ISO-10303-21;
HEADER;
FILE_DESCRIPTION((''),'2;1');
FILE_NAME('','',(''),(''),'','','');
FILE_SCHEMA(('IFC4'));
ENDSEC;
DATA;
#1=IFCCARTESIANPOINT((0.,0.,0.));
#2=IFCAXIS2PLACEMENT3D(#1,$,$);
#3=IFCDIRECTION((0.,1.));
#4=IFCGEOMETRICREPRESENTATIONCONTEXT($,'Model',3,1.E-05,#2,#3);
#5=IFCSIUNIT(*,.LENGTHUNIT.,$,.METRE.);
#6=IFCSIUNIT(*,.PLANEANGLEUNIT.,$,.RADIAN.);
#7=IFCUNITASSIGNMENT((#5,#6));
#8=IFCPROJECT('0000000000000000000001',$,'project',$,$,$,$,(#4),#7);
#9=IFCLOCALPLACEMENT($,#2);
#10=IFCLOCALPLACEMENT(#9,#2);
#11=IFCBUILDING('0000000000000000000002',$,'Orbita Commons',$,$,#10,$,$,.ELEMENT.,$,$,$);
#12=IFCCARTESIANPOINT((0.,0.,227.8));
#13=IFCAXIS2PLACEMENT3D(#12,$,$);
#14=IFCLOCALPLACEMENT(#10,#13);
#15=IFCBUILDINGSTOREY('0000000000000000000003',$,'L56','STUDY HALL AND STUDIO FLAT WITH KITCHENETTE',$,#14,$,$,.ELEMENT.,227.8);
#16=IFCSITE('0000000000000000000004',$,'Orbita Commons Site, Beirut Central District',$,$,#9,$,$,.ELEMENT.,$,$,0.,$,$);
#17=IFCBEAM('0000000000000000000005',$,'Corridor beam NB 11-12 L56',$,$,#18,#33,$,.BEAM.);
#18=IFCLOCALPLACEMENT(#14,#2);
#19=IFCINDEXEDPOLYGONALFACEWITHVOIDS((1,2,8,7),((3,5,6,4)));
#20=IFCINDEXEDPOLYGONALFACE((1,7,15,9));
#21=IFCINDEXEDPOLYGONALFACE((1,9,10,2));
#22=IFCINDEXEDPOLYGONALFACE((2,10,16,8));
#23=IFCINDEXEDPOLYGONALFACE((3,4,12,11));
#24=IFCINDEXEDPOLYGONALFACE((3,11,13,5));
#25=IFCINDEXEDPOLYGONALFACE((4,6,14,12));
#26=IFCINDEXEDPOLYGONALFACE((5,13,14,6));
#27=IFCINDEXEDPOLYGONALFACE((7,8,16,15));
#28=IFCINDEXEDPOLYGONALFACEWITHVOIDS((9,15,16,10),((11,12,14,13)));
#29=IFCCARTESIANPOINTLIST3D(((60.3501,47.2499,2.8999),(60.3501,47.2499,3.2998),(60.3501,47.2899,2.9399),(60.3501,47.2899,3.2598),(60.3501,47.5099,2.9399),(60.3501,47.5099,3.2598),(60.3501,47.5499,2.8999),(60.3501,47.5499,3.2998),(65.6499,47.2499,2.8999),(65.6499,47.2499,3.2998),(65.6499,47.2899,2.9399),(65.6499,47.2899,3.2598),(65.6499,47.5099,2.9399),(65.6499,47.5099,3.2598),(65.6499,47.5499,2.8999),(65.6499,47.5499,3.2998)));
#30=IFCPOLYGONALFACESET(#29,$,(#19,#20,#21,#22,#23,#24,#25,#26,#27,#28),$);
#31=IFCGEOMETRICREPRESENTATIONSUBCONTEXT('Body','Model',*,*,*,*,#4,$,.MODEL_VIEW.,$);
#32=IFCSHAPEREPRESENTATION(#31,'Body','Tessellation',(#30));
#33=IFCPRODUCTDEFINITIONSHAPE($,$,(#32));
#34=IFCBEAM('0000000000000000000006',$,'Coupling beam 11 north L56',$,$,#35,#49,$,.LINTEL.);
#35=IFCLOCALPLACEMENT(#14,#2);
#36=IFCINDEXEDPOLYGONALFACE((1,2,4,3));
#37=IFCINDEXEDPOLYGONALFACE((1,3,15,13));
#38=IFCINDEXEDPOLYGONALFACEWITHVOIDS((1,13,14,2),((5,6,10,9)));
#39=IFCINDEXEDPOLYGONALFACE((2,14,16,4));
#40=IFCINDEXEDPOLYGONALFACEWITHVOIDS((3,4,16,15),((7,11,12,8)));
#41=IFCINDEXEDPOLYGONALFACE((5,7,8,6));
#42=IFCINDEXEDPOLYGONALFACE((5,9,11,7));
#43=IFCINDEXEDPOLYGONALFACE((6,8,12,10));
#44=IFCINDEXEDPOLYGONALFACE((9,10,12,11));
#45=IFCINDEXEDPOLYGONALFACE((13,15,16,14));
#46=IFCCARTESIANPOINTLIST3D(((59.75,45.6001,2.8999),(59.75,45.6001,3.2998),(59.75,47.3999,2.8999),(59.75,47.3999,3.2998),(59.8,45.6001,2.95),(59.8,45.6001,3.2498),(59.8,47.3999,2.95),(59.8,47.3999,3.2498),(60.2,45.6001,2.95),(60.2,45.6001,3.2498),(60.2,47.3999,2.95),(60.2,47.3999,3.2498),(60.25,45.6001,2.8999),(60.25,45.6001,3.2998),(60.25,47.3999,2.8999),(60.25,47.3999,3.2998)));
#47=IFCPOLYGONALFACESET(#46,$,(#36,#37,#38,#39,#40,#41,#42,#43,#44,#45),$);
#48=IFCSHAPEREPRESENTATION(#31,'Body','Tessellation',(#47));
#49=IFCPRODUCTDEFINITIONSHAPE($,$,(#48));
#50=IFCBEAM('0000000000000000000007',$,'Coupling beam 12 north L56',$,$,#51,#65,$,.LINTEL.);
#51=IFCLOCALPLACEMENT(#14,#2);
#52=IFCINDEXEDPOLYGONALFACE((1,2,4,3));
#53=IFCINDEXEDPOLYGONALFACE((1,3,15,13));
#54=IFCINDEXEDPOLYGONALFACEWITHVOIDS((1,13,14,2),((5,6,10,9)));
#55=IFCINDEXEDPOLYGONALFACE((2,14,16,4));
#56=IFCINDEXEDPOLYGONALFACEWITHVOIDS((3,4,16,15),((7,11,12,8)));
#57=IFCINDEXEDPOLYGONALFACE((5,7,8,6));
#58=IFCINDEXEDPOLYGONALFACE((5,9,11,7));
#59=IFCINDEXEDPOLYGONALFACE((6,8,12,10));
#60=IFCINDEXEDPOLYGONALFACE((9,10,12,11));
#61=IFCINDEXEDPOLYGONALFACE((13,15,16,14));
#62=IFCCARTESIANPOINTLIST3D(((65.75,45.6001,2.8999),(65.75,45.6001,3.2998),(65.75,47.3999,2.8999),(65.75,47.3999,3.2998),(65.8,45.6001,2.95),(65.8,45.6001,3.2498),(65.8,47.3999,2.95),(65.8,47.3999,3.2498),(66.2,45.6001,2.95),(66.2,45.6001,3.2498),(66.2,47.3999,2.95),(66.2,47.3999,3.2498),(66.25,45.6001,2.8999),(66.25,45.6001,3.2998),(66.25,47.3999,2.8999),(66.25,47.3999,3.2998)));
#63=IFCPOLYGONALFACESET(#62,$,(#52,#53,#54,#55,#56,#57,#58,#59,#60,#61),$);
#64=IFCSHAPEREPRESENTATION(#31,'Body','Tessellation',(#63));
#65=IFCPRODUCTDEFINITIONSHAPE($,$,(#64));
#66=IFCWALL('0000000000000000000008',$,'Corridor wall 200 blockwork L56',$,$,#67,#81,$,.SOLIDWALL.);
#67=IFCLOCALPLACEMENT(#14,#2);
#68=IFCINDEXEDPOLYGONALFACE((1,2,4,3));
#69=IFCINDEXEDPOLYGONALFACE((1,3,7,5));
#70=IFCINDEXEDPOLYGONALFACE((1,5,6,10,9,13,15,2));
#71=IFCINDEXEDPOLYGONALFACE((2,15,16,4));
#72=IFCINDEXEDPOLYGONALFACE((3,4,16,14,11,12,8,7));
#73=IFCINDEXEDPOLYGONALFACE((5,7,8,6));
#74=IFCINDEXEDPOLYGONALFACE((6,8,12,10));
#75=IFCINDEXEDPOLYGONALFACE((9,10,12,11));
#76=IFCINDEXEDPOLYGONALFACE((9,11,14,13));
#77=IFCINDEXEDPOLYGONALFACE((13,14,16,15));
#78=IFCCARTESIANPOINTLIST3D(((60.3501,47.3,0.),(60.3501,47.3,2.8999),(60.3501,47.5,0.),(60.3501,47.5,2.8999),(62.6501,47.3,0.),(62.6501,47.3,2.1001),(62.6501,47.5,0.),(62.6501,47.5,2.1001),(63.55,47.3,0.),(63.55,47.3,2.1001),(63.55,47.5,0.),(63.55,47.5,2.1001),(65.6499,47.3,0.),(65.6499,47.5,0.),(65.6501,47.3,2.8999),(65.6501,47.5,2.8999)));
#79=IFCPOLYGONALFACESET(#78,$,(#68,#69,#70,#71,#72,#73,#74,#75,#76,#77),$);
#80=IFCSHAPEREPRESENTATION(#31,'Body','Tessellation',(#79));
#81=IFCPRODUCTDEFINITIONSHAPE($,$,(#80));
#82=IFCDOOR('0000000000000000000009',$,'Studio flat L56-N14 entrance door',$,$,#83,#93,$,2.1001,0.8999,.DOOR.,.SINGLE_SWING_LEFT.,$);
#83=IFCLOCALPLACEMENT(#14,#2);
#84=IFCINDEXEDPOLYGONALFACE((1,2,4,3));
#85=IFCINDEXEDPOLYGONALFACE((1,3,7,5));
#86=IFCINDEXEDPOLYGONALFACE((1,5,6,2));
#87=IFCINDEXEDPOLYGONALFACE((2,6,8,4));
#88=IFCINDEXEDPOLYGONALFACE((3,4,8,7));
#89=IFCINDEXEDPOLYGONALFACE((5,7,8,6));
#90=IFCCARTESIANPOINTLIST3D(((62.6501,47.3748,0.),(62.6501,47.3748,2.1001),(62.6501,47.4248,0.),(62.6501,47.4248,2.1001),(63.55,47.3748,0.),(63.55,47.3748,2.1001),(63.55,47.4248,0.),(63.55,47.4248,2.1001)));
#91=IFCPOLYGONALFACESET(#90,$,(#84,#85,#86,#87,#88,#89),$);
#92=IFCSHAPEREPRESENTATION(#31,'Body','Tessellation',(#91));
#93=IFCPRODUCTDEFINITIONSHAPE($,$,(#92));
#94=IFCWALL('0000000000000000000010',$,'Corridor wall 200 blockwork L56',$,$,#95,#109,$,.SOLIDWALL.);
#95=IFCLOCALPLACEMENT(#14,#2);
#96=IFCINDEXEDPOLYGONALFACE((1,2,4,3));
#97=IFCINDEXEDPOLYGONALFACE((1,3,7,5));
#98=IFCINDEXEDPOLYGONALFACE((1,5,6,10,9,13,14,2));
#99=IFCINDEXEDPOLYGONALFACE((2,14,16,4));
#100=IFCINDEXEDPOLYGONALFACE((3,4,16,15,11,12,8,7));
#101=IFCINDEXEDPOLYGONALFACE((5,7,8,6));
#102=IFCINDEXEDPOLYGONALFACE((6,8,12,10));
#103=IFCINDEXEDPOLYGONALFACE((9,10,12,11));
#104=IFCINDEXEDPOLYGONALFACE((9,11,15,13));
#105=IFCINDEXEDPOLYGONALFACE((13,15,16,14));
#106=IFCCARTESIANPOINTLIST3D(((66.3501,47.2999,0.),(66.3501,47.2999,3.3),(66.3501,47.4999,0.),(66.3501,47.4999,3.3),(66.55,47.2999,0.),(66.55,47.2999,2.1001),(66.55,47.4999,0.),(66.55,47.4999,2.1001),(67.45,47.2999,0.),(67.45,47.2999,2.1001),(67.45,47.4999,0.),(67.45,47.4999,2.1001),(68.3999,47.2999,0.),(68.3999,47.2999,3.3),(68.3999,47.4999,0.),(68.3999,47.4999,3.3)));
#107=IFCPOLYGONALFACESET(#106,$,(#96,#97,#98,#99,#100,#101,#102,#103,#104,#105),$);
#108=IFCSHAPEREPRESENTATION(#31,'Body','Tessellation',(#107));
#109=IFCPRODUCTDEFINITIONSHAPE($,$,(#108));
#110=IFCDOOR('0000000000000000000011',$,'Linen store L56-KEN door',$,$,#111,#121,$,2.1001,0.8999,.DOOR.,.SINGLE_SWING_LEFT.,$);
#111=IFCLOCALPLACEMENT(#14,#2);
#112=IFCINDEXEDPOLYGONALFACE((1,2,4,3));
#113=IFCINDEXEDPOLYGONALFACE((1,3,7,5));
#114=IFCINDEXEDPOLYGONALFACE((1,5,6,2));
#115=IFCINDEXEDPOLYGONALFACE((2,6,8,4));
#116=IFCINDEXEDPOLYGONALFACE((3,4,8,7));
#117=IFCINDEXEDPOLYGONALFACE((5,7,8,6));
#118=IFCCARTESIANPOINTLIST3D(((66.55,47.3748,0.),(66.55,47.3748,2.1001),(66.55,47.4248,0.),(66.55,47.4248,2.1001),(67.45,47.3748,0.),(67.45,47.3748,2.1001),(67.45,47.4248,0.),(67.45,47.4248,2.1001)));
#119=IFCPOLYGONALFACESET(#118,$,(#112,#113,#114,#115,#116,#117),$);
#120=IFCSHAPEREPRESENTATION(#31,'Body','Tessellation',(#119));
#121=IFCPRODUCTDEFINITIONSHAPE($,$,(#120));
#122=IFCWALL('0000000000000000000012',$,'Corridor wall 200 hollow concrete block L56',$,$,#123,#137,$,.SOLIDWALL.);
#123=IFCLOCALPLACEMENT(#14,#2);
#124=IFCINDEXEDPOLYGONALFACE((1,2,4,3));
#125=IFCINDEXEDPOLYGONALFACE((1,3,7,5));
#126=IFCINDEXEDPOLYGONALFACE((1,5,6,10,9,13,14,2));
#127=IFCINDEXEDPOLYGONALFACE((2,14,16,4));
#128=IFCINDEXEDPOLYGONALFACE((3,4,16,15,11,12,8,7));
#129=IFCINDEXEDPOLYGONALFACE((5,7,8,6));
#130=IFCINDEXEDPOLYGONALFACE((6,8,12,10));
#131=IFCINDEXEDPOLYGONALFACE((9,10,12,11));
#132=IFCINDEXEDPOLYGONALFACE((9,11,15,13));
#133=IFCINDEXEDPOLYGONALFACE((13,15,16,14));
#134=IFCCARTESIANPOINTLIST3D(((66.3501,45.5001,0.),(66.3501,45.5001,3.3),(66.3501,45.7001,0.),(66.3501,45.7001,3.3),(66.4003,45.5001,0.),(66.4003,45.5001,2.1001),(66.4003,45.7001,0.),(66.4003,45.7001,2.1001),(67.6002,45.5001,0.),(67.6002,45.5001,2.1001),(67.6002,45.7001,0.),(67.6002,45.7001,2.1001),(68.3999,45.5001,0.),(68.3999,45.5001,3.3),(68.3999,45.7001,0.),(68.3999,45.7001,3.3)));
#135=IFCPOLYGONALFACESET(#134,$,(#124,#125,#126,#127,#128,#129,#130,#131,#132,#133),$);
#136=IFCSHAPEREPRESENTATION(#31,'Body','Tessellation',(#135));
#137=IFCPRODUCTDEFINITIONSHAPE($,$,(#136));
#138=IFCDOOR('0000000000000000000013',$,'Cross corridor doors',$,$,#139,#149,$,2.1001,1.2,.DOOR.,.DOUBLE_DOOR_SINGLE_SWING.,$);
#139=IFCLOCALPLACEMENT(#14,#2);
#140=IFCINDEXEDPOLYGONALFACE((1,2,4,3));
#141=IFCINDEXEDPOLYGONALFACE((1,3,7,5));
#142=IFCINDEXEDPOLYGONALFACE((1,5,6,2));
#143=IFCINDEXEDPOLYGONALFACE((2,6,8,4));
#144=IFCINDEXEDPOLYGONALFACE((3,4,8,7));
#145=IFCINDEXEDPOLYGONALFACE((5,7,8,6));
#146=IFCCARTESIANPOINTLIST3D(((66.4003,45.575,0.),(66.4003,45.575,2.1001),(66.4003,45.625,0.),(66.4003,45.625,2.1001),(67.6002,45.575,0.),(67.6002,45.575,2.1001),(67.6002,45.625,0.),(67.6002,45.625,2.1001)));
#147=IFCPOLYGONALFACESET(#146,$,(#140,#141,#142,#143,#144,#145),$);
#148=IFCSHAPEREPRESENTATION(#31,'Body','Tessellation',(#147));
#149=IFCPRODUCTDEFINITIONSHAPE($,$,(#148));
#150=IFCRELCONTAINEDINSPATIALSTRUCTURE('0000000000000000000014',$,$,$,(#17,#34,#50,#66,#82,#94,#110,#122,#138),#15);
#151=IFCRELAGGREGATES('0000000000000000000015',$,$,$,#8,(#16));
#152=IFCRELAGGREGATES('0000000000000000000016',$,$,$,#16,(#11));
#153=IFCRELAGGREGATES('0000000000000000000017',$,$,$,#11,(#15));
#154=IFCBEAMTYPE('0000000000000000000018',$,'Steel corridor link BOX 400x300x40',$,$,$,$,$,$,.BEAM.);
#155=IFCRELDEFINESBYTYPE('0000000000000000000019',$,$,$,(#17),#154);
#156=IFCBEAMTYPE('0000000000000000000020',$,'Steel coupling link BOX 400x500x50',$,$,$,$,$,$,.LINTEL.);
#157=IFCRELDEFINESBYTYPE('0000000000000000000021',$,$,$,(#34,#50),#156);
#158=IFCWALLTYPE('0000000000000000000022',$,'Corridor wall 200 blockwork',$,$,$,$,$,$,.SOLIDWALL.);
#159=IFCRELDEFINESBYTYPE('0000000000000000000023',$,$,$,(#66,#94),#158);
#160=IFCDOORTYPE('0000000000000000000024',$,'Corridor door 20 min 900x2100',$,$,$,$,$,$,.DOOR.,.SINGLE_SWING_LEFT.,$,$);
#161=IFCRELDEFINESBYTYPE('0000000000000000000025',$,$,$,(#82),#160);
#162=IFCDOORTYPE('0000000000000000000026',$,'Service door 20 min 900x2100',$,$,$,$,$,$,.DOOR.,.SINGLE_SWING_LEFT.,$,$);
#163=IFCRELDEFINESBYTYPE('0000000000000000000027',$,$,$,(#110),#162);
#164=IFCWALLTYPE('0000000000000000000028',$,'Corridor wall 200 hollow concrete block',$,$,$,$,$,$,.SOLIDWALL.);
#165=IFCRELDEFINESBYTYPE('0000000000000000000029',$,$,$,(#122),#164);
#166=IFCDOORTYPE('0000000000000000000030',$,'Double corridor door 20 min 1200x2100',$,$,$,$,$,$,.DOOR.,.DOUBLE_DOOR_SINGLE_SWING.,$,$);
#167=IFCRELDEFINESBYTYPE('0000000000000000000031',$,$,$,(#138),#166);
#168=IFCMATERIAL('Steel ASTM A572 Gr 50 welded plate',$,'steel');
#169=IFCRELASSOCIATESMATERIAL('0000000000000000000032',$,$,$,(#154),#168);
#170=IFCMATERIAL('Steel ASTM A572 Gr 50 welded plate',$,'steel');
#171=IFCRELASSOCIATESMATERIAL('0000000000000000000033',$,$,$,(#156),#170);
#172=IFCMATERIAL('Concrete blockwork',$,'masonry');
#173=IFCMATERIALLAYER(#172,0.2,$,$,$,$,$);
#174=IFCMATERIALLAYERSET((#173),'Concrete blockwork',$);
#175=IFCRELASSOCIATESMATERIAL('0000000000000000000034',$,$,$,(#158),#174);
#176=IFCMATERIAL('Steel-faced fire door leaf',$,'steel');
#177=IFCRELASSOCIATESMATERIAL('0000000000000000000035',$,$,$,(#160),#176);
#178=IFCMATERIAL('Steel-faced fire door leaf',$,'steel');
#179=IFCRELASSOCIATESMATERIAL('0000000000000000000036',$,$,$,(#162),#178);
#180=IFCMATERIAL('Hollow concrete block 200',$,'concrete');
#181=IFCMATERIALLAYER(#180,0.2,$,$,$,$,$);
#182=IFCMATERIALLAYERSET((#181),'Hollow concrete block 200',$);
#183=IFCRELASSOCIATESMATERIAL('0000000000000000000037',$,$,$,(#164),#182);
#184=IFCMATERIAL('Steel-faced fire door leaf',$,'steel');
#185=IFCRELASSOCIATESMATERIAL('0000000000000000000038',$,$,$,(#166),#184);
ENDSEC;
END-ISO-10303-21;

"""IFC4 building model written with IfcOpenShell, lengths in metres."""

from ifc_helpers import new_model, si_unit, direction, frame, frame_2d, origin, origin_2d, place, context, subcontext, project, spatial, polyline, rectangle, hollow_rectangle, outline, extrude, material, layer, layer_set, material_profile, profile_set, type_object, element, fill, save


model = new_model("IFC4")

# Units and contexts
model_context = context("Model", 3, precision=1e-05, world=origin(), true_north=direction((0.0, 1.0)))
body_context = subcontext(model_context, "Body", "Model", "MODEL_VIEW")
ifc_project = project(units=[si_unit("LENGTHUNIT", "METRE"), si_unit("PLANEANGLEUNIT", "RADIAN")], contexts=[model_context])

# Site, building, storey
site_placement = place(None, origin())
site = spatial("IfcSite", under=ifc_project, at=site_placement, Name="Orbita Commons Site, Beirut Central District", CompositionType="ELEMENT", RefElevation=0.0)
building_placement = place(site_placement, origin())
building = spatial("IfcBuilding", under=site, at=building_placement, Name="Orbita Commons", CompositionType="ELEMENT")
storey_placement = place(building_placement, frame((0.0, 0.0, 227.8)))
storey = spatial("IfcBuildingStorey", under=building, at=storey_placement, Name="L56", Description="STUDY HALL AND STUDIO FLAT WITH KITCHENETTE", CompositionType="ELEMENT", Elevation=227.8)

# Beams
ifc_material_1 = material(Name="Steel ASTM A572 Gr 50 welded plate", Category="steel")
ifc_material_profile_1 = material_profile(ifc_material_1, hollow_rectangle(XDim=0.3, YDim=0.3999, WallThickness=0.04, at=origin_2d()), Name="BOX 400x300x40")
ifc_profile_set_1 = profile_set([ifc_material_profile_1], Name="Steel ASTM A572 Gr 50 welded plate")
beam_type_1 = type_object("IfcBeamType", Name="Steel corridor link BOX 400x300x40", PredefinedType="BEAM", material=ifc_profile_set_1)
beam_placement = place(storey_placement, frame((60.3501, 47.3999, 3.0999), z_axis=(1.0, 0.0, 0.0), x_axis=(0.0, 1.0, 0.0)))
element("IfcBeam", 1, at=beam_placement, inside=storey, type_object=beam_type_1, Name="Corridor beam NB 11-12 L56", PredefinedType="BEAM", context=body_context, shape_type="SweptSolid", body=[
    extrude(hollow_rectangle(XDim=0.3, YDim=0.3999, WallThickness=0.04, at=origin_2d()), origin(), (0.0, 0.0, 1.0), 5.2998),
])
ifc_material_2 = material(Name="Steel ASTM A572 Gr 50 welded plate", Category="steel")
ifc_material_profile_2 = material_profile(ifc_material_2, hollow_rectangle(XDim=0.5, YDim=0.3999, WallThickness=0.05, at=origin_2d()), Name="BOX 400x500x50")
ifc_profile_set_2 = profile_set([ifc_material_profile_2], Name="Steel ASTM A572 Gr 50 welded plate")
beam_type_2 = type_object("IfcBeamType", Name="Steel coupling link BOX 400x500x50", PredefinedType="LINTEL", material=ifc_profile_set_2)
for number, where, z_axis, x_axis, name in (
    (2, (60.0, 45.6001, 3.0999), (0.0, 1.0, 0.0), (-1.0, 0.0, 0.0), "Coupling beam 11 north L56"),
    (3, (66.0, 45.6001, 3.0999), (0.0, 1.0, 0.0), (-1.0, 0.0, 0.0), "Coupling beam 12 north L56"),
):
    element("IfcBeam", number, at=place(storey_placement, frame(where, z_axis=z_axis, x_axis=x_axis)), inside=storey, type_object=beam_type_2, Name=name, PredefinedType="LINTEL", context=body_context, shape_type="SweptSolid", body=[
        extrude(hollow_rectangle(XDim=0.5, YDim=0.3999, WallThickness=0.05, at=origin_2d()), origin(), (0.0, 0.0, 1.0), 1.7998),
    ])

# Walls, openings, doors
ifc_material_3 = material(Name="Concrete blockwork", Category="masonry")
ifc_layer_1 = layer(ifc_material_3, 0.2)
ifc_layer_set_1 = layer_set([ifc_layer_1], Name="Concrete blockwork")
wall_type_1 = type_object("IfcWallType", Name="Corridor wall 200 blockwork", PredefinedType="SOLIDWALL", material=ifc_layer_set_1)
wall_1_placement = place(storey_placement, frame((60.3501, 47.3999, 0.0), z_axis=(0.0, 0.0, 1.0), x_axis=(1.0, 0.0, 0.0)))
wall_1 = element("IfcWall", 4, at=wall_1_placement, inside=storey, type_object=wall_type_1, Name="Corridor wall 200 blockwork L56", PredefinedType="SOLIDWALL", context=body_context, shape_type="SweptSolid", body=[
    extrude(outline(polyline([(0.0, 0.0), (5.2998, 0.0), (5.3, 2.8999), (0.0, 2.8999), (0.0, 0.0)])), frame((0.0, 0.1001, 0.0), z_axis=(0.0, -1.0, 0.0), x_axis=(1.0, 0.0, 0.0)), (0.0, 0.0, 1.0), 0.2),
])
opening_1_placement = place(wall_1_placement, frame((2.3, 0.0, 0.0)))
opening_1 = element("IfcOpeningElement", 5, at=opening_1_placement, cuts=wall_1, PredefinedType="OPENING", context=body_context, shape_type="SweptSolid", body=[
    extrude(rectangle(XDim=0.8999, YDim=2.1001, at=frame_2d((0.45, 1.05))), frame((0.0, 0.1099, 0.0), z_axis=(0.0, -1.0, 0.0), x_axis=(1.0, 0.0, 0.0)), (0.0, 0.0, 1.0), 0.22),
])
ifc_material_4 = material(Name="Steel-faced fire door leaf", Category="steel")
door_type_1 = type_object("IfcDoorType", Name="Corridor door 20 min 900x2100", OperationType="SINGLE_SWING_LEFT", PredefinedType="DOOR", material=ifc_material_4)
door_1_placement = place(opening_1_placement, origin())
door_1 = element("IfcDoor", 6, at=door_1_placement, inside=storey, type_object=door_type_1, Name="Studio flat L56-N14 entrance door", OperationType="SINGLE_SWING_LEFT", OverallHeight=2.1001, OverallWidth=0.8999, PredefinedType="DOOR", context=body_context, shape_type="SweptSolid", body=[
    extrude(rectangle(XDim=0.8999, YDim=2.1001, at=frame_2d((0.45, 1.05))), frame((0.0, 0.0249, 0.0), z_axis=(0.0, -1.0, 0.0), x_axis=(1.0, 0.0, 0.0)), (0.0, 0.0, 1.0), 0.05),
])
fill(opening_1, door_1)
wall_2_placement = place(storey_placement, frame((66.3501, 47.3999, 0.0), z_axis=(0.0, 0.0, 1.0), x_axis=(1.0, 0.0, 0.0)))
wall_2 = element("IfcWall", 7, at=wall_2_placement, inside=storey, type_object=wall_type_1, Name="Corridor wall 200 blockwork L56", PredefinedType="SOLIDWALL", context=body_context, shape_type="SweptSolid", body=[
    extrude(rectangle(XDim=2.0498, YDim=0.2, at=frame_2d((1.0249, 0.0))), origin(), (0.0, 0.0, 1.0), 3.3),
])
opening_2_placement = place(wall_2_placement, frame((0.2, 0.0, 0.0)))
opening_2 = element("IfcOpeningElement", 8, at=opening_2_placement, cuts=wall_2, PredefinedType="OPENING", context=body_context, shape_type="SweptSolid", body=[
    extrude(rectangle(XDim=0.8999, YDim=2.1001, at=frame_2d((0.45, 1.05))), frame((0.0, 0.1099, 0.0), z_axis=(0.0, -1.0, 0.0), x_axis=(1.0, 0.0, 0.0)), (0.0, 0.0, 1.0), 0.22),
])
ifc_material_5 = material(Name="Steel-faced fire door leaf", Category="steel")
door_type_2 = type_object("IfcDoorType", Name="Service door 20 min 900x2100", OperationType="SINGLE_SWING_LEFT", PredefinedType="DOOR", material=ifc_material_5)
door_2_placement = place(opening_2_placement, origin())
door_2 = element("IfcDoor", 9, at=door_2_placement, inside=storey, type_object=door_type_2, Name="Linen store L56-KEN door", OperationType="SINGLE_SWING_LEFT", OverallHeight=2.1001, OverallWidth=0.8999, PredefinedType="DOOR", context=body_context, shape_type="SweptSolid", body=[
    extrude(rectangle(XDim=0.8999, YDim=2.1001, at=frame_2d((0.45, 1.05))), frame((0.0, 0.0249, 0.0), z_axis=(0.0, -1.0, 0.0), x_axis=(1.0, 0.0, 0.0)), (0.0, 0.0, 1.0), 0.05),
])
fill(opening_2, door_2)
ifc_material_6 = material(Name="Hollow concrete block 200", Category="concrete")
ifc_layer_2 = layer(ifc_material_6, 0.2)
ifc_layer_set_2 = layer_set([ifc_layer_2], Name="Hollow concrete block 200")
wall_type_2 = type_object("IfcWallType", Name="Corridor wall 200 hollow concrete block", PredefinedType="SOLIDWALL", material=ifc_layer_set_2)
wall_3_placement = place(storey_placement, frame((66.3501, 45.6001, 0.0), z_axis=(0.0, 0.0, 1.0), x_axis=(1.0, 0.0, 0.0)))
wall_3 = element("IfcWall", 10, at=wall_3_placement, inside=storey, type_object=wall_type_2, Name="Corridor wall 200 hollow concrete block L56", PredefinedType="SOLIDWALL", context=body_context, shape_type="SweptSolid", body=[
    extrude(rectangle(XDim=2.0498, YDim=0.2, at=frame_2d((1.0249, 0.0))), origin(), (0.0, 0.0, 1.0), 3.3),
])
opening_3_placement = place(wall_3_placement, frame((0.05, 0.0, 0.0)))
opening_3 = element("IfcOpeningElement", 11, at=opening_3_placement, cuts=wall_3, PredefinedType="OPENING", context=body_context, shape_type="SweptSolid", body=[
    extrude(rectangle(XDim=1.2, YDim=2.1001, at=frame_2d((0.6001, 1.05))), frame((0.0, 0.1099, 0.0), z_axis=(0.0, -1.0, 0.0), x_axis=(1.0, 0.0, 0.0)), (0.0, 0.0, 1.0), 0.22),
])
ifc_material_7 = material(Name="Steel-faced fire door leaf", Category="steel")
door_type_3 = type_object("IfcDoorType", Name="Double corridor door 20 min 1200x2100", OperationType="DOUBLE_DOOR_SINGLE_SWING", PredefinedType="DOOR", material=ifc_material_7)
door_3_placement = place(opening_3_placement, origin())
door_3 = element("IfcDoor", 12, at=door_3_placement, inside=storey, type_object=door_type_3, Name="Cross corridor doors", OperationType="DOUBLE_DOOR_SINGLE_SWING", OverallHeight=2.1001, OverallWidth=1.2, PredefinedType="DOOR", context=body_context, shape_type="SweptSolid", body=[
    extrude(rectangle(XDim=1.2, YDim=2.1001, at=frame_2d((0.6001, 1.05))), frame((0.0, 0.0249, 0.0), z_axis=(0.0, -1.0, 0.0), x_axis=(1.0, 0.0, 0.0)), (0.0, 0.0, 1.0), 0.05),
])
fill(opening_3, door_3)

save(model, "model.ifc")
